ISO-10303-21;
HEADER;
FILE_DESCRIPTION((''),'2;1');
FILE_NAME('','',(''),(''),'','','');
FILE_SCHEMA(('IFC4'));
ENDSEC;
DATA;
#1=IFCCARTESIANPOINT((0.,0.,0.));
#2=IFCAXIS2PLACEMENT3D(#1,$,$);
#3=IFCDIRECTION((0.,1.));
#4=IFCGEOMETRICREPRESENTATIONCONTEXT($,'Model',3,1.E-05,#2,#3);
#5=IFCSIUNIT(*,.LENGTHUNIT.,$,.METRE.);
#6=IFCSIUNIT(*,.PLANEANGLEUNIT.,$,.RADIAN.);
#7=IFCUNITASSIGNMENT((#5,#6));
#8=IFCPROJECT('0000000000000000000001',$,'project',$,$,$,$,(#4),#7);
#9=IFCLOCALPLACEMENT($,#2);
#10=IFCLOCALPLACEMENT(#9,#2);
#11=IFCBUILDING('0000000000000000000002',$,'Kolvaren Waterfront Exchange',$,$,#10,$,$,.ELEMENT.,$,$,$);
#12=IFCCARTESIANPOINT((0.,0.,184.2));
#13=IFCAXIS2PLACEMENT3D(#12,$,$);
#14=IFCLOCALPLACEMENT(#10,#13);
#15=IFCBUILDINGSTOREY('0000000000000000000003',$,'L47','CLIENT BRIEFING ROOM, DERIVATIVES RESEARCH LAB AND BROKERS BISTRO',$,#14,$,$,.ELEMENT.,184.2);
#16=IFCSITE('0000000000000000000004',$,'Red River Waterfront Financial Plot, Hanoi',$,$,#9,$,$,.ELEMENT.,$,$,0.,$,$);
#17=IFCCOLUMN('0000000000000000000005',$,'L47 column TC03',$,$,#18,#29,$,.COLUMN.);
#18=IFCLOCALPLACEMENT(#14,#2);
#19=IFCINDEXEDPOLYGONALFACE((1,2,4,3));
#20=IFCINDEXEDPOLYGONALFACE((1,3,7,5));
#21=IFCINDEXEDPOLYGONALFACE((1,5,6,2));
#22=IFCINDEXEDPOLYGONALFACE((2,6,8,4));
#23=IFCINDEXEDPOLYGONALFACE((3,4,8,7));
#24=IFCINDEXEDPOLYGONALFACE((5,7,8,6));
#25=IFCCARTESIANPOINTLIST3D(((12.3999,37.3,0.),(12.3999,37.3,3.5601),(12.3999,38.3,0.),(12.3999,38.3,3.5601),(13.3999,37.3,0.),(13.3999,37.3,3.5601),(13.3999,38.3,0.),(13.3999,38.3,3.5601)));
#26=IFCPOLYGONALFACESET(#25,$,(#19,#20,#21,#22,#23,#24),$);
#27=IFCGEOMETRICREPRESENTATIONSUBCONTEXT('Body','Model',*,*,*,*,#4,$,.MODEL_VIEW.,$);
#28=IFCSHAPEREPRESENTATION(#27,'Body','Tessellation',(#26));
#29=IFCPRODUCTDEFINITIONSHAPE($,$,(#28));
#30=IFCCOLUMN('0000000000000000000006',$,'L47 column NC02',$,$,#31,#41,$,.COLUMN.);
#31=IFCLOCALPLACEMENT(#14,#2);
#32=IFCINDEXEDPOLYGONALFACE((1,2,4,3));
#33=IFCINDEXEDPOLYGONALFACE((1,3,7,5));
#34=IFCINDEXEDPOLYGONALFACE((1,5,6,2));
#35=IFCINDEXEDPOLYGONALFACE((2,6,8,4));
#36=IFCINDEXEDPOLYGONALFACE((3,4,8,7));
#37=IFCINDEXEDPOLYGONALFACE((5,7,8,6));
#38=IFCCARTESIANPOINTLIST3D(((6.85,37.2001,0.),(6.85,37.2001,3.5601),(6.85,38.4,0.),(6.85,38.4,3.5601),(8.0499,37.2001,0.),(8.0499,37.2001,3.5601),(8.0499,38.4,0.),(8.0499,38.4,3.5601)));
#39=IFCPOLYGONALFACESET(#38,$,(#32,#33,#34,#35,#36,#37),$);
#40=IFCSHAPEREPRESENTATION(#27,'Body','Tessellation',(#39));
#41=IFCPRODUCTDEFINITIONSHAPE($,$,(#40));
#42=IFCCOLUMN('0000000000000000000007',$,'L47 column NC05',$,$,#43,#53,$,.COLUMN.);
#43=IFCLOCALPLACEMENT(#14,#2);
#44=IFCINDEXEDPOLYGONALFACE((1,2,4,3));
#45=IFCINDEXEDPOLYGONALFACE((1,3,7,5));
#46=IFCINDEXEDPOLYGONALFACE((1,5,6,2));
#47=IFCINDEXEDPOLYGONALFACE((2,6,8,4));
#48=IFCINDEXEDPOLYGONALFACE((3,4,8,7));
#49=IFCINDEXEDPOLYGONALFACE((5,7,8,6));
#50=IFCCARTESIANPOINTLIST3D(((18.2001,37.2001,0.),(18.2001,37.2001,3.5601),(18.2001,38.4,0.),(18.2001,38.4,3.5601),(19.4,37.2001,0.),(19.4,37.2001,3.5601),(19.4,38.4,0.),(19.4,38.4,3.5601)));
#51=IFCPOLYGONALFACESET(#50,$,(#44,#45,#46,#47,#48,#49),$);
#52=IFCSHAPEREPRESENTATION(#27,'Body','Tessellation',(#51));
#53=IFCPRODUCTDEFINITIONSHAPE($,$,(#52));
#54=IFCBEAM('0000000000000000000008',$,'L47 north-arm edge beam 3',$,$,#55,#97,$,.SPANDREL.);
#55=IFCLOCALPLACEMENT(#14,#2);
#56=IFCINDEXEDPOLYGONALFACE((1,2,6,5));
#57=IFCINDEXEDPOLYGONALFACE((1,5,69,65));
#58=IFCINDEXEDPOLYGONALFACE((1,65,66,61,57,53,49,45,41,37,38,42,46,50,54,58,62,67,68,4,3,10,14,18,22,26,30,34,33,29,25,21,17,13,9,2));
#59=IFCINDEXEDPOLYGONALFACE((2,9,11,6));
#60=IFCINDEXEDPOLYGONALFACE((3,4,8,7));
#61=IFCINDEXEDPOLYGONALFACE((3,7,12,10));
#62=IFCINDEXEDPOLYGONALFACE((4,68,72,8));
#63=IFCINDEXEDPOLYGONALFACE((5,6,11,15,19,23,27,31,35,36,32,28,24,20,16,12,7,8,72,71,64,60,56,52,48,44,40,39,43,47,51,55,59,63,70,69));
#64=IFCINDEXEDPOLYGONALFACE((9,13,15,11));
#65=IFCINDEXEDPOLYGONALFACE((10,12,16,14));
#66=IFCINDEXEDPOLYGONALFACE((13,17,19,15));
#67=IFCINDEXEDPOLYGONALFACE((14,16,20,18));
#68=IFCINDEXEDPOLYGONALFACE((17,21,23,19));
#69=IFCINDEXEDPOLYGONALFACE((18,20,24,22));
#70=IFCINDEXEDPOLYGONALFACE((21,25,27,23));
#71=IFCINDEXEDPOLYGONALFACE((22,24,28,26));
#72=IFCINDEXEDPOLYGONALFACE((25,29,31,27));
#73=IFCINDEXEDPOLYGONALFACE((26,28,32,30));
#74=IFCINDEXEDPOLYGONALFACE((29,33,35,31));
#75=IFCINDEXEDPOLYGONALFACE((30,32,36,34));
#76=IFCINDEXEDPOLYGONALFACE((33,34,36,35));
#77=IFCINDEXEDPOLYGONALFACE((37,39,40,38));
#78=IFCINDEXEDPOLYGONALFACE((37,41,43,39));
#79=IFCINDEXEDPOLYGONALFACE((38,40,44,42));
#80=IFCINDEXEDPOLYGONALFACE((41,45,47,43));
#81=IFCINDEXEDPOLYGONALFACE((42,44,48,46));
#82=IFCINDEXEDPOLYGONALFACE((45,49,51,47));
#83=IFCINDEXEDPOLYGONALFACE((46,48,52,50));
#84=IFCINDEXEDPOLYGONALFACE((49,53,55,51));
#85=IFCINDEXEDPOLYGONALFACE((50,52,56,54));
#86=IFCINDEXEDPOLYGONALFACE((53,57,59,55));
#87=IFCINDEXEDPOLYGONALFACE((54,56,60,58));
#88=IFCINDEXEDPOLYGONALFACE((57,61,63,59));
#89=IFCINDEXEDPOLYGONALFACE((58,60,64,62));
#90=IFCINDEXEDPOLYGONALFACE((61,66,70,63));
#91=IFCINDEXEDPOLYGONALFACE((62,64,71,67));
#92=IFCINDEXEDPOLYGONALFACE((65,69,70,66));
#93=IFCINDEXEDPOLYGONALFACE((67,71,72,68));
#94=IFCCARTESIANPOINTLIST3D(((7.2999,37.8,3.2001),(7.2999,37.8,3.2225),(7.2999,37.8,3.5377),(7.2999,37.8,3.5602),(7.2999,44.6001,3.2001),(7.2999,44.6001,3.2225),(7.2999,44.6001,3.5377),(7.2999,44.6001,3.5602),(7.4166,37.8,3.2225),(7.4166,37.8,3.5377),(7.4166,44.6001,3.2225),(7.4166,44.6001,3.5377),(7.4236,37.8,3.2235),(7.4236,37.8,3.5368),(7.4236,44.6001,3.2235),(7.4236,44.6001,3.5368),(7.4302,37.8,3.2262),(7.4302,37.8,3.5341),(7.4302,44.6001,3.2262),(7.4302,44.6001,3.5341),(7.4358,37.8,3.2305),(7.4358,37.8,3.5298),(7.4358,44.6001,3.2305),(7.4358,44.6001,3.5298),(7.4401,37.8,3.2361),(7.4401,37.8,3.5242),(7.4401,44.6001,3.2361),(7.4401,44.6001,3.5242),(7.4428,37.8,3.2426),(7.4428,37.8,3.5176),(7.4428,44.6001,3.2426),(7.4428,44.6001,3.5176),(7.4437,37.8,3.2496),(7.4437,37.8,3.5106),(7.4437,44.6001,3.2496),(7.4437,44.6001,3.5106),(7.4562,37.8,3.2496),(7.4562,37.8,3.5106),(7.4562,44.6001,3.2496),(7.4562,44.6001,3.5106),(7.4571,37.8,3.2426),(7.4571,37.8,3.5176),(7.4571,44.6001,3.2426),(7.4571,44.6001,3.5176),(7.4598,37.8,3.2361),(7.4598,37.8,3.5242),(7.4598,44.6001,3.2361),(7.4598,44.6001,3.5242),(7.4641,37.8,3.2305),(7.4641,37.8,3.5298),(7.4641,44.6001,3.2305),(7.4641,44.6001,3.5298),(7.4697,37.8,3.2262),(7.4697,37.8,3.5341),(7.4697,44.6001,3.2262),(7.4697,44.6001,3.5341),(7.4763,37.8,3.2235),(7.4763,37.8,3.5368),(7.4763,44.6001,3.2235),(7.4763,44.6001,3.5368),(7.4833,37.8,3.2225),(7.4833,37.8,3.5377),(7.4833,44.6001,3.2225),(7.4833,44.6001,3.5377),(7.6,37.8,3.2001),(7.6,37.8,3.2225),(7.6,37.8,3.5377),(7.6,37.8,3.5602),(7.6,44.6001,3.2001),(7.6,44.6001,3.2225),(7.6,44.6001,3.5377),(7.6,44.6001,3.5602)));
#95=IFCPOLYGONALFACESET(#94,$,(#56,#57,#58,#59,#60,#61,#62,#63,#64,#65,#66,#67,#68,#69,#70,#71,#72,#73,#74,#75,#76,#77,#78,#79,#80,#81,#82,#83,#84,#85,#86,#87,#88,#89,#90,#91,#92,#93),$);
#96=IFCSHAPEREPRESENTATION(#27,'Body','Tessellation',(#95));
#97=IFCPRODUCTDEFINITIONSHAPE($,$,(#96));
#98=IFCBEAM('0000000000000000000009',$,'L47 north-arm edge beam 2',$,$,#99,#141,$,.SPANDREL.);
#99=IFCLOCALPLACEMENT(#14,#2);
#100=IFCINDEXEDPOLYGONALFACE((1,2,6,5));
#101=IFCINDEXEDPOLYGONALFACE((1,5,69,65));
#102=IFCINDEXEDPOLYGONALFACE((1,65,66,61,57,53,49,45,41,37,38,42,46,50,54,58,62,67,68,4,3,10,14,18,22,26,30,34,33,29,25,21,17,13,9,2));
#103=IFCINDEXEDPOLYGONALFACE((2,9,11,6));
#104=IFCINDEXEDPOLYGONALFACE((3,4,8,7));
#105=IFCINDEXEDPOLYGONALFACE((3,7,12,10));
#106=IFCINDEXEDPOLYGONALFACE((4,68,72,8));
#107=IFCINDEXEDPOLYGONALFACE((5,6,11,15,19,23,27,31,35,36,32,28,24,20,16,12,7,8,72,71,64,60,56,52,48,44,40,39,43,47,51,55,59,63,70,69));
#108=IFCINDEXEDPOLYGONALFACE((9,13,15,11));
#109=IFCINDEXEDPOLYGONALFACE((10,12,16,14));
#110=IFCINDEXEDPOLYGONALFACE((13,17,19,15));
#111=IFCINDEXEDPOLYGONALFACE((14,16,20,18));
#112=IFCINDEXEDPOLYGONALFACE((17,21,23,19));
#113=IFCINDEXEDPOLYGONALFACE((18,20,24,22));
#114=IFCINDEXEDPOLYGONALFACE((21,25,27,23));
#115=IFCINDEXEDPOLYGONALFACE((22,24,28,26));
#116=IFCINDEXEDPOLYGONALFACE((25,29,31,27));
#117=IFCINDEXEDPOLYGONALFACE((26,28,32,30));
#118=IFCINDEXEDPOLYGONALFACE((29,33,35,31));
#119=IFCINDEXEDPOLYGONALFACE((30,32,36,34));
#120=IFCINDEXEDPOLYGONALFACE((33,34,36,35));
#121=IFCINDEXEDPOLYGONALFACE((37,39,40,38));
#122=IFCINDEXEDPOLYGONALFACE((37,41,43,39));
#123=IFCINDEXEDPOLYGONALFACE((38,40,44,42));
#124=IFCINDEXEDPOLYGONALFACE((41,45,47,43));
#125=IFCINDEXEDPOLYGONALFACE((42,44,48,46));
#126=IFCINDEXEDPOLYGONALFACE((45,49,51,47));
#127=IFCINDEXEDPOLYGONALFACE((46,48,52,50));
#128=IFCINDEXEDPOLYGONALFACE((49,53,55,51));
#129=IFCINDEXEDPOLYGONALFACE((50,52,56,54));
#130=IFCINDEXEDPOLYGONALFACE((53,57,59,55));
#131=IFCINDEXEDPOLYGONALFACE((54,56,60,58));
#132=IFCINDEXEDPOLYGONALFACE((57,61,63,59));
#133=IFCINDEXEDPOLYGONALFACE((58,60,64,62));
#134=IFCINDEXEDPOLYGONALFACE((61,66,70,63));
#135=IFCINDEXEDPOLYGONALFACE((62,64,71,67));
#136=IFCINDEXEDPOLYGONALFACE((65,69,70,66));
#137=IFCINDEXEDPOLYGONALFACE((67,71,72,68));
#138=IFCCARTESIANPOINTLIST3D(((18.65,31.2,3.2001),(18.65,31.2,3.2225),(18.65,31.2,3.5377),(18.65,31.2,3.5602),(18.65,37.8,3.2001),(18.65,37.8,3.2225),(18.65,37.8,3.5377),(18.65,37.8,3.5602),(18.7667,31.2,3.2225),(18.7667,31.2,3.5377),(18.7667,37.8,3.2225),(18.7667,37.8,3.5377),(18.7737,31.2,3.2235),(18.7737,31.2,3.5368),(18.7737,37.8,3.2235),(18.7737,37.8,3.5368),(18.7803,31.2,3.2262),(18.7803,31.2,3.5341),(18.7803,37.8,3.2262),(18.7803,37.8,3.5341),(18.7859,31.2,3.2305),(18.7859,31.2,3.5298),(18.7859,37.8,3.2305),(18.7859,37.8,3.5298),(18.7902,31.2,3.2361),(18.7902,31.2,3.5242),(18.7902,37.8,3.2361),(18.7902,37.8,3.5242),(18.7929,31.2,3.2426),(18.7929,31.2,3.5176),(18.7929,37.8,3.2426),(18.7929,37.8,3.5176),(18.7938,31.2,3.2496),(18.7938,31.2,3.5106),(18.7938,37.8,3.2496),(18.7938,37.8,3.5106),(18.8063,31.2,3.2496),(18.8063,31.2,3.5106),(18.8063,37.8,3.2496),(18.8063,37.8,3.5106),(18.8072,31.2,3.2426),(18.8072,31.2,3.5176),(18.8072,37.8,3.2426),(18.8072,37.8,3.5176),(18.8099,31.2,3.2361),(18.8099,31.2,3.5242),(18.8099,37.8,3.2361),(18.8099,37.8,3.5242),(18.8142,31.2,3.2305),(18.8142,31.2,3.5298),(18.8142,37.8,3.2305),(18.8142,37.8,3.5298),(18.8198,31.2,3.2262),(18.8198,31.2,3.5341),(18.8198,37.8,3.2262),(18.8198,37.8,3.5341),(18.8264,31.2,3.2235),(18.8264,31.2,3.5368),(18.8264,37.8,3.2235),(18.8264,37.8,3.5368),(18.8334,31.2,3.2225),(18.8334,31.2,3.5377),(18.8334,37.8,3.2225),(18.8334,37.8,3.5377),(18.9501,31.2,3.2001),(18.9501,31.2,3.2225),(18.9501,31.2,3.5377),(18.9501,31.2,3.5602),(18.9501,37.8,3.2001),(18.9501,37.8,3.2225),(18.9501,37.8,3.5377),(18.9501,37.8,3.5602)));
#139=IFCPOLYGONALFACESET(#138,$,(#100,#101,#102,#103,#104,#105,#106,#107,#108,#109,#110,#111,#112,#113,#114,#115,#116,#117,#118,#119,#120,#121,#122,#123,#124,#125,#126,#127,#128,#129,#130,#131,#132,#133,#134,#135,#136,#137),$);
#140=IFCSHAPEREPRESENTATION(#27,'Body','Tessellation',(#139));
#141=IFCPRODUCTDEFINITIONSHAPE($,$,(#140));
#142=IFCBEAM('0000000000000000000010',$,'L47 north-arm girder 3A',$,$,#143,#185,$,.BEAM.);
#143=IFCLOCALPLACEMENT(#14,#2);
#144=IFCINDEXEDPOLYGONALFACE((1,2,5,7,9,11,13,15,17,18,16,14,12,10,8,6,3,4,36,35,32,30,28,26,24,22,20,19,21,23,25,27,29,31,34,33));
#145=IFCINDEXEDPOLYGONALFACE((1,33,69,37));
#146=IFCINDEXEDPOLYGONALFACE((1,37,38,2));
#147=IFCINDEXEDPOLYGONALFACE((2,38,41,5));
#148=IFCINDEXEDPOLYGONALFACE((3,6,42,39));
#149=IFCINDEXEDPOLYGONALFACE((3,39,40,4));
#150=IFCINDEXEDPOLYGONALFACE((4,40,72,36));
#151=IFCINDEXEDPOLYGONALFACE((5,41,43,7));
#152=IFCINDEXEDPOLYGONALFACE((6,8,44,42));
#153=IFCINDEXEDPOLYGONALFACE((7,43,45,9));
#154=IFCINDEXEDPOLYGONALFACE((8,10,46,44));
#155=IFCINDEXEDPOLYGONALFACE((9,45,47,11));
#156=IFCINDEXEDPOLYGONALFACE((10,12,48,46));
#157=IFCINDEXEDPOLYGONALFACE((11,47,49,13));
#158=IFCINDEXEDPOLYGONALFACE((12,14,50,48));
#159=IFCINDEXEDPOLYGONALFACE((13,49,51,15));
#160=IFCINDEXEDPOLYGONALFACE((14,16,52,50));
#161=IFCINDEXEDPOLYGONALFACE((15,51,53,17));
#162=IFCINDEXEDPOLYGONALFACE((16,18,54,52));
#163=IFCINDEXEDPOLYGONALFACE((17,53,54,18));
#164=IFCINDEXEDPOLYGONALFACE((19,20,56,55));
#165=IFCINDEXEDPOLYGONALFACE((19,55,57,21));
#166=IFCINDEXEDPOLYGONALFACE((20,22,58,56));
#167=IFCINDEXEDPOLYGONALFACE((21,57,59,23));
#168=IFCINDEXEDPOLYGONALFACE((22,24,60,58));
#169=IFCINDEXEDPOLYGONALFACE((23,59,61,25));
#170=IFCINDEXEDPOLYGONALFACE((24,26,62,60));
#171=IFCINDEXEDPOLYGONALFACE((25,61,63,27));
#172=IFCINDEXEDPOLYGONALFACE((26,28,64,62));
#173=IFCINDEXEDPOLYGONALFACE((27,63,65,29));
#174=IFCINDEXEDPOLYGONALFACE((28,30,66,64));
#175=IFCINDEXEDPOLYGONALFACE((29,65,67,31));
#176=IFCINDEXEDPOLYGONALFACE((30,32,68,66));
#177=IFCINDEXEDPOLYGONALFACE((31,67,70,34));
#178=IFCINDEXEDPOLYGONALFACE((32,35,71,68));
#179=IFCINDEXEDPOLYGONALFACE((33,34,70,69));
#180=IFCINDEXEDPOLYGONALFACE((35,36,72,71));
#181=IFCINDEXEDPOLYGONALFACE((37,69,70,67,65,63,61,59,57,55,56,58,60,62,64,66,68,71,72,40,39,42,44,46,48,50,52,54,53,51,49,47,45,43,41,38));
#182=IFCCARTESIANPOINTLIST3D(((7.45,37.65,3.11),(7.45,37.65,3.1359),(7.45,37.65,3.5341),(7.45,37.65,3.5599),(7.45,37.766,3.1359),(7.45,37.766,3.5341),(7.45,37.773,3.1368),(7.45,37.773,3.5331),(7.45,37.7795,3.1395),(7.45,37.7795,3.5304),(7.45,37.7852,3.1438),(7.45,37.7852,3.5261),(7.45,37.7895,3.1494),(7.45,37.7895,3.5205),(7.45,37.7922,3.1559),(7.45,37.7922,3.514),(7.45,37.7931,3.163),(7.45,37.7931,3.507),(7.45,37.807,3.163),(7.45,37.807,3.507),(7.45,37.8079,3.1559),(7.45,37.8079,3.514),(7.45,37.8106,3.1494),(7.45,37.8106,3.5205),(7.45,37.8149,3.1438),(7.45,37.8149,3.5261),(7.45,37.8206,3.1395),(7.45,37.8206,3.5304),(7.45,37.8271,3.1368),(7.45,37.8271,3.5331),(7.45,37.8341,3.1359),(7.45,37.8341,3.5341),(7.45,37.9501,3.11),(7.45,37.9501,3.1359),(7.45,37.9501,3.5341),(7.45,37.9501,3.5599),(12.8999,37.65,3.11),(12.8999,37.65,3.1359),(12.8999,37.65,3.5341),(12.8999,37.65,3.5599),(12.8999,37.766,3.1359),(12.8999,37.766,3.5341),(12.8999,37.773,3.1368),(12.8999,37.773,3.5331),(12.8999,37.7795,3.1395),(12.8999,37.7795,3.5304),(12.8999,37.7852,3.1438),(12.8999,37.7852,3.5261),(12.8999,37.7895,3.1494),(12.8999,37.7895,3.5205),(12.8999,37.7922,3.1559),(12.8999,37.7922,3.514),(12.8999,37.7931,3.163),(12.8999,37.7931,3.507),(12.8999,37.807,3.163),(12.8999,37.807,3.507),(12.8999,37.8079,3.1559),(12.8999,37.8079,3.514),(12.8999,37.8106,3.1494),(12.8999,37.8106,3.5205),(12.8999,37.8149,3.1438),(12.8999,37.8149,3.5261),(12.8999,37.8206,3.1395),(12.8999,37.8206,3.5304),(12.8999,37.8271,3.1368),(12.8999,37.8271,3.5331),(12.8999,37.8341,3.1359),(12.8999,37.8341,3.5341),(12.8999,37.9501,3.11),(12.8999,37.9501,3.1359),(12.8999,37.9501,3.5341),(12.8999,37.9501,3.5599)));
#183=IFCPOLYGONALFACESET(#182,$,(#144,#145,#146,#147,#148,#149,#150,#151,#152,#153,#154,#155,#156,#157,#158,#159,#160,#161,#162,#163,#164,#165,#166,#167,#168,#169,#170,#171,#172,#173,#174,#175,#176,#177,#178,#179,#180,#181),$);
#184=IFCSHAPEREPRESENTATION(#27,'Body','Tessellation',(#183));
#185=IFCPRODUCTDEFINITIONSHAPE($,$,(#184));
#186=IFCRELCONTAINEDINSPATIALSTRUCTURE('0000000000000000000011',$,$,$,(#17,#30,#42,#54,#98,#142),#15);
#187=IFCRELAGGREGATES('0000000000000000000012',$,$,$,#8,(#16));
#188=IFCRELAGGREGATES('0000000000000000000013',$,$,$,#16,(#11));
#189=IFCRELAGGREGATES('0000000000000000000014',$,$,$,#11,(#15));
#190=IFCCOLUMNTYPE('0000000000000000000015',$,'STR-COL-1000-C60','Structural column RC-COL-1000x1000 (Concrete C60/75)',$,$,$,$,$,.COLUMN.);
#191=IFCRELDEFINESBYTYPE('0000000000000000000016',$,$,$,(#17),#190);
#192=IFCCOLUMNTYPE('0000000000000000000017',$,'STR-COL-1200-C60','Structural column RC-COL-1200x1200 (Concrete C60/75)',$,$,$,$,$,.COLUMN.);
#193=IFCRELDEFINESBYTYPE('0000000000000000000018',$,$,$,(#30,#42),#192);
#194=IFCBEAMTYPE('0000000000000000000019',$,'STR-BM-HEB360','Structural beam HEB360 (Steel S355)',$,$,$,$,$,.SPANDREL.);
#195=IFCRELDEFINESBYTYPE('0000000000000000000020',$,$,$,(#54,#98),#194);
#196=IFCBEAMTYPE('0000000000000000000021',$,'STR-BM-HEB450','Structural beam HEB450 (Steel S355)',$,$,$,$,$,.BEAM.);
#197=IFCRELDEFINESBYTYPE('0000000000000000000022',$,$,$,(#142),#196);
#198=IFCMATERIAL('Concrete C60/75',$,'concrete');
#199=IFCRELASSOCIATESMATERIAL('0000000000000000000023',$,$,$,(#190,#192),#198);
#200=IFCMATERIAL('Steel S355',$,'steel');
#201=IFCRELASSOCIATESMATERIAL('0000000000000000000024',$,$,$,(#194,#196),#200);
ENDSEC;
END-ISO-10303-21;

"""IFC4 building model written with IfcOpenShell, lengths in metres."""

from ifc_helpers import new_model, si_unit, direction, frame, origin, origin_2d, place, context, subcontext, project, spatial, rectangle, i_section, extrude, material, material_profile, profile_set, type_object, element, save


model = new_model("IFC4")

# Units and contexts
model_context = context("Model", 3, precision=1e-05, world=origin(), true_north=direction((0.0, 1.0)))
body_context = subcontext(model_context, "Body", "Model", "MODEL_VIEW")
ifc_project = project(units=[si_unit("LENGTHUNIT", "METRE"), si_unit("PLANEANGLEUNIT", "RADIAN")], contexts=[model_context])

# Site, building, storey
site_placement = place(None, origin())
site = spatial("IfcSite", under=ifc_project, at=site_placement, Name="Red River Waterfront Financial Plot, Hanoi", CompositionType="ELEMENT", RefElevation=0.0)
building_placement = place(site_placement, origin())
building = spatial("IfcBuilding", under=site, at=building_placement, Name="Kolvaren Waterfront Exchange", CompositionType="ELEMENT")
storey_placement = place(building_placement, frame((0.0, 0.0, 184.2)))
storey = spatial("IfcBuildingStorey", under=building, at=storey_placement, Name="L47", Description="CLIENT BRIEFING ROOM, DERIVATIVES RESEARCH LAB AND BROKERS BISTRO", CompositionType="ELEMENT", Elevation=184.2)

# Columns
ifc_material_1 = material(Name="Concrete C60/75", Category="concrete")
ifc_material_profile_1 = material_profile(ifc_material_1, rectangle(XDim=1.0, YDim=1.0, at=origin_2d()), Name="RC-COL-1000x1000")
ifc_profile_set_1 = profile_set([ifc_material_profile_1], Name="Concrete C60/75")
column_type_1 = type_object("IfcColumnType", Name="STR-COL-1000-C60", Description="Structural column RC-COL-1000x1000 (Concrete C60/75)", PredefinedType="COLUMN", material=ifc_profile_set_1)
column_placement = place(storey_placement, frame((12.8999, 37.8, 0.0), z_axis=(0.0, 0.0, 1.0), x_axis=(1.0, 0.0, 0.0)))
element("IfcColumn", 1, at=column_placement, inside=storey, type_object=column_type_1, Name="L47 column TC03", PredefinedType="COLUMN", context=body_context, shape_type="SweptSolid", body=[
    extrude(rectangle(XDim=1.0, YDim=1.0, at=origin_2d()), origin(), (0.0, 0.0, 1.0), 3.5601),
])
ifc_material_profile_2 = material_profile(ifc_material_1, rectangle(XDim=1.2, YDim=1.2, at=origin_2d()), Name="RC-COL-1200x1200")
ifc_profile_set_2 = profile_set([ifc_material_profile_2], Name="Concrete C60/75")
column_type_2 = type_object("IfcColumnType", Name="STR-COL-1200-C60", Description="Structural column RC-COL-1200x1200 (Concrete C60/75)", PredefinedType="COLUMN", material=ifc_profile_set_2)
for number, where, z_axis, x_axis, name in (
    (2, (7.45, 37.8, 0.0), (0.0, 0.0, 1.0), (1.0, 0.0, 0.0), "L47 column NC02"),
    (3, (18.8, 37.8, 0.0), (0.0, 0.0, 1.0), (1.0, 0.0, 0.0), "L47 column NC05"),
):
    element("IfcColumn", number, at=place(storey_placement, frame(where, z_axis=z_axis, x_axis=x_axis)), inside=storey, type_object=column_type_2, Name=name, PredefinedType="COLUMN", context=body_context, shape_type="SweptSolid", body=[
        extrude(rectangle(XDim=1.2, YDim=1.2, at=origin_2d()), origin(), (0.0, 0.0, 1.0), 3.5601),
    ])

# Beams
ifc_material_2 = material(Name="Steel S355", Category="steel")
ifc_material_profile_3 = material_profile(ifc_material_2, i_section(OverallWidth=0.3, OverallDepth=0.3601, WebThickness=0.0125, FlangeThickness=0.0225, FilletRadius=0.0271, at=origin_2d()), Name="HEB360")
ifc_profile_set_3 = profile_set([ifc_material_profile_3], Name="Steel S355")
beam_type_1 = type_object("IfcBeamType", Name="STR-BM-HEB360", Description="Structural beam HEB360 (Steel S355)", PredefinedType="SPANDREL", material=ifc_profile_set_3)
beam_1_placement = place(storey_placement, frame((7.45, 37.8, 3.3801), z_axis=(0.0, 1.0, 0.0), x_axis=(-1.0, 0.0, 0.0)))
element("IfcBeam", 4, at=beam_1_placement, inside=storey, type_object=beam_type_1, Name="L47 north-arm edge beam 3", PredefinedType="SPANDREL", context=body_context, shape_type="SweptSolid", body=[
    extrude(i_section(OverallWidth=0.3, OverallDepth=0.3601, WebThickness=0.0125, FlangeThickness=0.0225, FilletRadius=0.0271, at=origin_2d()), origin(), (0.0, 0.0, 1.0), 6.8),
])
beam_2_placement = place(storey_placement, frame((18.8, 31.2, 3.3801), z_axis=(0.0, 1.0, 0.0), x_axis=(-1.0, 0.0, 0.0)))
element("IfcBeam", 5, at=beam_2_placement, inside=storey, type_object=beam_type_1, Name="L47 north-arm edge beam 2", PredefinedType="SPANDREL", context=body_context, shape_type="SweptSolid", body=[
    extrude(i_section(OverallWidth=0.3, OverallDepth=0.3601, WebThickness=0.0125, FlangeThickness=0.0225, FilletRadius=0.0271, at=origin_2d()), origin(), (0.0, 0.0, 1.0), 6.6001),
])
ifc_material_profile_4 = material_profile(ifc_material_2, i_section(OverallWidth=0.3, OverallDepth=0.45, WebThickness=0.0139, FlangeThickness=0.0259, FilletRadius=0.0271, at=origin_2d()), Name="HEB450")
ifc_profile_set_4 = profile_set([ifc_material_profile_4], Name="Steel S355")
beam_type_2 = type_object("IfcBeamType", Name="STR-BM-HEB450", Description="Structural beam HEB450 (Steel S355)", PredefinedType="BEAM", material=ifc_profile_set_4)
beam_3_placement = place(storey_placement, frame((7.45, 37.8, 3.335), z_axis=(1.0, 0.0, 0.0), x_axis=(0.0, 1.0, 0.0)))
element("IfcBeam", 6, at=beam_3_placement, inside=storey, type_object=beam_type_2, Name="L47 north-arm girder 3A", PredefinedType="BEAM", context=body_context, shape_type="SweptSolid", body=[
    extrude(i_section(OverallWidth=0.3, OverallDepth=0.45, WebThickness=0.0139, FlangeThickness=0.0259, FilletRadius=0.0271, at=origin_2d()), origin(), (0.0, 0.0, 1.0), 5.45),
])

save(model, "model.ifc")
